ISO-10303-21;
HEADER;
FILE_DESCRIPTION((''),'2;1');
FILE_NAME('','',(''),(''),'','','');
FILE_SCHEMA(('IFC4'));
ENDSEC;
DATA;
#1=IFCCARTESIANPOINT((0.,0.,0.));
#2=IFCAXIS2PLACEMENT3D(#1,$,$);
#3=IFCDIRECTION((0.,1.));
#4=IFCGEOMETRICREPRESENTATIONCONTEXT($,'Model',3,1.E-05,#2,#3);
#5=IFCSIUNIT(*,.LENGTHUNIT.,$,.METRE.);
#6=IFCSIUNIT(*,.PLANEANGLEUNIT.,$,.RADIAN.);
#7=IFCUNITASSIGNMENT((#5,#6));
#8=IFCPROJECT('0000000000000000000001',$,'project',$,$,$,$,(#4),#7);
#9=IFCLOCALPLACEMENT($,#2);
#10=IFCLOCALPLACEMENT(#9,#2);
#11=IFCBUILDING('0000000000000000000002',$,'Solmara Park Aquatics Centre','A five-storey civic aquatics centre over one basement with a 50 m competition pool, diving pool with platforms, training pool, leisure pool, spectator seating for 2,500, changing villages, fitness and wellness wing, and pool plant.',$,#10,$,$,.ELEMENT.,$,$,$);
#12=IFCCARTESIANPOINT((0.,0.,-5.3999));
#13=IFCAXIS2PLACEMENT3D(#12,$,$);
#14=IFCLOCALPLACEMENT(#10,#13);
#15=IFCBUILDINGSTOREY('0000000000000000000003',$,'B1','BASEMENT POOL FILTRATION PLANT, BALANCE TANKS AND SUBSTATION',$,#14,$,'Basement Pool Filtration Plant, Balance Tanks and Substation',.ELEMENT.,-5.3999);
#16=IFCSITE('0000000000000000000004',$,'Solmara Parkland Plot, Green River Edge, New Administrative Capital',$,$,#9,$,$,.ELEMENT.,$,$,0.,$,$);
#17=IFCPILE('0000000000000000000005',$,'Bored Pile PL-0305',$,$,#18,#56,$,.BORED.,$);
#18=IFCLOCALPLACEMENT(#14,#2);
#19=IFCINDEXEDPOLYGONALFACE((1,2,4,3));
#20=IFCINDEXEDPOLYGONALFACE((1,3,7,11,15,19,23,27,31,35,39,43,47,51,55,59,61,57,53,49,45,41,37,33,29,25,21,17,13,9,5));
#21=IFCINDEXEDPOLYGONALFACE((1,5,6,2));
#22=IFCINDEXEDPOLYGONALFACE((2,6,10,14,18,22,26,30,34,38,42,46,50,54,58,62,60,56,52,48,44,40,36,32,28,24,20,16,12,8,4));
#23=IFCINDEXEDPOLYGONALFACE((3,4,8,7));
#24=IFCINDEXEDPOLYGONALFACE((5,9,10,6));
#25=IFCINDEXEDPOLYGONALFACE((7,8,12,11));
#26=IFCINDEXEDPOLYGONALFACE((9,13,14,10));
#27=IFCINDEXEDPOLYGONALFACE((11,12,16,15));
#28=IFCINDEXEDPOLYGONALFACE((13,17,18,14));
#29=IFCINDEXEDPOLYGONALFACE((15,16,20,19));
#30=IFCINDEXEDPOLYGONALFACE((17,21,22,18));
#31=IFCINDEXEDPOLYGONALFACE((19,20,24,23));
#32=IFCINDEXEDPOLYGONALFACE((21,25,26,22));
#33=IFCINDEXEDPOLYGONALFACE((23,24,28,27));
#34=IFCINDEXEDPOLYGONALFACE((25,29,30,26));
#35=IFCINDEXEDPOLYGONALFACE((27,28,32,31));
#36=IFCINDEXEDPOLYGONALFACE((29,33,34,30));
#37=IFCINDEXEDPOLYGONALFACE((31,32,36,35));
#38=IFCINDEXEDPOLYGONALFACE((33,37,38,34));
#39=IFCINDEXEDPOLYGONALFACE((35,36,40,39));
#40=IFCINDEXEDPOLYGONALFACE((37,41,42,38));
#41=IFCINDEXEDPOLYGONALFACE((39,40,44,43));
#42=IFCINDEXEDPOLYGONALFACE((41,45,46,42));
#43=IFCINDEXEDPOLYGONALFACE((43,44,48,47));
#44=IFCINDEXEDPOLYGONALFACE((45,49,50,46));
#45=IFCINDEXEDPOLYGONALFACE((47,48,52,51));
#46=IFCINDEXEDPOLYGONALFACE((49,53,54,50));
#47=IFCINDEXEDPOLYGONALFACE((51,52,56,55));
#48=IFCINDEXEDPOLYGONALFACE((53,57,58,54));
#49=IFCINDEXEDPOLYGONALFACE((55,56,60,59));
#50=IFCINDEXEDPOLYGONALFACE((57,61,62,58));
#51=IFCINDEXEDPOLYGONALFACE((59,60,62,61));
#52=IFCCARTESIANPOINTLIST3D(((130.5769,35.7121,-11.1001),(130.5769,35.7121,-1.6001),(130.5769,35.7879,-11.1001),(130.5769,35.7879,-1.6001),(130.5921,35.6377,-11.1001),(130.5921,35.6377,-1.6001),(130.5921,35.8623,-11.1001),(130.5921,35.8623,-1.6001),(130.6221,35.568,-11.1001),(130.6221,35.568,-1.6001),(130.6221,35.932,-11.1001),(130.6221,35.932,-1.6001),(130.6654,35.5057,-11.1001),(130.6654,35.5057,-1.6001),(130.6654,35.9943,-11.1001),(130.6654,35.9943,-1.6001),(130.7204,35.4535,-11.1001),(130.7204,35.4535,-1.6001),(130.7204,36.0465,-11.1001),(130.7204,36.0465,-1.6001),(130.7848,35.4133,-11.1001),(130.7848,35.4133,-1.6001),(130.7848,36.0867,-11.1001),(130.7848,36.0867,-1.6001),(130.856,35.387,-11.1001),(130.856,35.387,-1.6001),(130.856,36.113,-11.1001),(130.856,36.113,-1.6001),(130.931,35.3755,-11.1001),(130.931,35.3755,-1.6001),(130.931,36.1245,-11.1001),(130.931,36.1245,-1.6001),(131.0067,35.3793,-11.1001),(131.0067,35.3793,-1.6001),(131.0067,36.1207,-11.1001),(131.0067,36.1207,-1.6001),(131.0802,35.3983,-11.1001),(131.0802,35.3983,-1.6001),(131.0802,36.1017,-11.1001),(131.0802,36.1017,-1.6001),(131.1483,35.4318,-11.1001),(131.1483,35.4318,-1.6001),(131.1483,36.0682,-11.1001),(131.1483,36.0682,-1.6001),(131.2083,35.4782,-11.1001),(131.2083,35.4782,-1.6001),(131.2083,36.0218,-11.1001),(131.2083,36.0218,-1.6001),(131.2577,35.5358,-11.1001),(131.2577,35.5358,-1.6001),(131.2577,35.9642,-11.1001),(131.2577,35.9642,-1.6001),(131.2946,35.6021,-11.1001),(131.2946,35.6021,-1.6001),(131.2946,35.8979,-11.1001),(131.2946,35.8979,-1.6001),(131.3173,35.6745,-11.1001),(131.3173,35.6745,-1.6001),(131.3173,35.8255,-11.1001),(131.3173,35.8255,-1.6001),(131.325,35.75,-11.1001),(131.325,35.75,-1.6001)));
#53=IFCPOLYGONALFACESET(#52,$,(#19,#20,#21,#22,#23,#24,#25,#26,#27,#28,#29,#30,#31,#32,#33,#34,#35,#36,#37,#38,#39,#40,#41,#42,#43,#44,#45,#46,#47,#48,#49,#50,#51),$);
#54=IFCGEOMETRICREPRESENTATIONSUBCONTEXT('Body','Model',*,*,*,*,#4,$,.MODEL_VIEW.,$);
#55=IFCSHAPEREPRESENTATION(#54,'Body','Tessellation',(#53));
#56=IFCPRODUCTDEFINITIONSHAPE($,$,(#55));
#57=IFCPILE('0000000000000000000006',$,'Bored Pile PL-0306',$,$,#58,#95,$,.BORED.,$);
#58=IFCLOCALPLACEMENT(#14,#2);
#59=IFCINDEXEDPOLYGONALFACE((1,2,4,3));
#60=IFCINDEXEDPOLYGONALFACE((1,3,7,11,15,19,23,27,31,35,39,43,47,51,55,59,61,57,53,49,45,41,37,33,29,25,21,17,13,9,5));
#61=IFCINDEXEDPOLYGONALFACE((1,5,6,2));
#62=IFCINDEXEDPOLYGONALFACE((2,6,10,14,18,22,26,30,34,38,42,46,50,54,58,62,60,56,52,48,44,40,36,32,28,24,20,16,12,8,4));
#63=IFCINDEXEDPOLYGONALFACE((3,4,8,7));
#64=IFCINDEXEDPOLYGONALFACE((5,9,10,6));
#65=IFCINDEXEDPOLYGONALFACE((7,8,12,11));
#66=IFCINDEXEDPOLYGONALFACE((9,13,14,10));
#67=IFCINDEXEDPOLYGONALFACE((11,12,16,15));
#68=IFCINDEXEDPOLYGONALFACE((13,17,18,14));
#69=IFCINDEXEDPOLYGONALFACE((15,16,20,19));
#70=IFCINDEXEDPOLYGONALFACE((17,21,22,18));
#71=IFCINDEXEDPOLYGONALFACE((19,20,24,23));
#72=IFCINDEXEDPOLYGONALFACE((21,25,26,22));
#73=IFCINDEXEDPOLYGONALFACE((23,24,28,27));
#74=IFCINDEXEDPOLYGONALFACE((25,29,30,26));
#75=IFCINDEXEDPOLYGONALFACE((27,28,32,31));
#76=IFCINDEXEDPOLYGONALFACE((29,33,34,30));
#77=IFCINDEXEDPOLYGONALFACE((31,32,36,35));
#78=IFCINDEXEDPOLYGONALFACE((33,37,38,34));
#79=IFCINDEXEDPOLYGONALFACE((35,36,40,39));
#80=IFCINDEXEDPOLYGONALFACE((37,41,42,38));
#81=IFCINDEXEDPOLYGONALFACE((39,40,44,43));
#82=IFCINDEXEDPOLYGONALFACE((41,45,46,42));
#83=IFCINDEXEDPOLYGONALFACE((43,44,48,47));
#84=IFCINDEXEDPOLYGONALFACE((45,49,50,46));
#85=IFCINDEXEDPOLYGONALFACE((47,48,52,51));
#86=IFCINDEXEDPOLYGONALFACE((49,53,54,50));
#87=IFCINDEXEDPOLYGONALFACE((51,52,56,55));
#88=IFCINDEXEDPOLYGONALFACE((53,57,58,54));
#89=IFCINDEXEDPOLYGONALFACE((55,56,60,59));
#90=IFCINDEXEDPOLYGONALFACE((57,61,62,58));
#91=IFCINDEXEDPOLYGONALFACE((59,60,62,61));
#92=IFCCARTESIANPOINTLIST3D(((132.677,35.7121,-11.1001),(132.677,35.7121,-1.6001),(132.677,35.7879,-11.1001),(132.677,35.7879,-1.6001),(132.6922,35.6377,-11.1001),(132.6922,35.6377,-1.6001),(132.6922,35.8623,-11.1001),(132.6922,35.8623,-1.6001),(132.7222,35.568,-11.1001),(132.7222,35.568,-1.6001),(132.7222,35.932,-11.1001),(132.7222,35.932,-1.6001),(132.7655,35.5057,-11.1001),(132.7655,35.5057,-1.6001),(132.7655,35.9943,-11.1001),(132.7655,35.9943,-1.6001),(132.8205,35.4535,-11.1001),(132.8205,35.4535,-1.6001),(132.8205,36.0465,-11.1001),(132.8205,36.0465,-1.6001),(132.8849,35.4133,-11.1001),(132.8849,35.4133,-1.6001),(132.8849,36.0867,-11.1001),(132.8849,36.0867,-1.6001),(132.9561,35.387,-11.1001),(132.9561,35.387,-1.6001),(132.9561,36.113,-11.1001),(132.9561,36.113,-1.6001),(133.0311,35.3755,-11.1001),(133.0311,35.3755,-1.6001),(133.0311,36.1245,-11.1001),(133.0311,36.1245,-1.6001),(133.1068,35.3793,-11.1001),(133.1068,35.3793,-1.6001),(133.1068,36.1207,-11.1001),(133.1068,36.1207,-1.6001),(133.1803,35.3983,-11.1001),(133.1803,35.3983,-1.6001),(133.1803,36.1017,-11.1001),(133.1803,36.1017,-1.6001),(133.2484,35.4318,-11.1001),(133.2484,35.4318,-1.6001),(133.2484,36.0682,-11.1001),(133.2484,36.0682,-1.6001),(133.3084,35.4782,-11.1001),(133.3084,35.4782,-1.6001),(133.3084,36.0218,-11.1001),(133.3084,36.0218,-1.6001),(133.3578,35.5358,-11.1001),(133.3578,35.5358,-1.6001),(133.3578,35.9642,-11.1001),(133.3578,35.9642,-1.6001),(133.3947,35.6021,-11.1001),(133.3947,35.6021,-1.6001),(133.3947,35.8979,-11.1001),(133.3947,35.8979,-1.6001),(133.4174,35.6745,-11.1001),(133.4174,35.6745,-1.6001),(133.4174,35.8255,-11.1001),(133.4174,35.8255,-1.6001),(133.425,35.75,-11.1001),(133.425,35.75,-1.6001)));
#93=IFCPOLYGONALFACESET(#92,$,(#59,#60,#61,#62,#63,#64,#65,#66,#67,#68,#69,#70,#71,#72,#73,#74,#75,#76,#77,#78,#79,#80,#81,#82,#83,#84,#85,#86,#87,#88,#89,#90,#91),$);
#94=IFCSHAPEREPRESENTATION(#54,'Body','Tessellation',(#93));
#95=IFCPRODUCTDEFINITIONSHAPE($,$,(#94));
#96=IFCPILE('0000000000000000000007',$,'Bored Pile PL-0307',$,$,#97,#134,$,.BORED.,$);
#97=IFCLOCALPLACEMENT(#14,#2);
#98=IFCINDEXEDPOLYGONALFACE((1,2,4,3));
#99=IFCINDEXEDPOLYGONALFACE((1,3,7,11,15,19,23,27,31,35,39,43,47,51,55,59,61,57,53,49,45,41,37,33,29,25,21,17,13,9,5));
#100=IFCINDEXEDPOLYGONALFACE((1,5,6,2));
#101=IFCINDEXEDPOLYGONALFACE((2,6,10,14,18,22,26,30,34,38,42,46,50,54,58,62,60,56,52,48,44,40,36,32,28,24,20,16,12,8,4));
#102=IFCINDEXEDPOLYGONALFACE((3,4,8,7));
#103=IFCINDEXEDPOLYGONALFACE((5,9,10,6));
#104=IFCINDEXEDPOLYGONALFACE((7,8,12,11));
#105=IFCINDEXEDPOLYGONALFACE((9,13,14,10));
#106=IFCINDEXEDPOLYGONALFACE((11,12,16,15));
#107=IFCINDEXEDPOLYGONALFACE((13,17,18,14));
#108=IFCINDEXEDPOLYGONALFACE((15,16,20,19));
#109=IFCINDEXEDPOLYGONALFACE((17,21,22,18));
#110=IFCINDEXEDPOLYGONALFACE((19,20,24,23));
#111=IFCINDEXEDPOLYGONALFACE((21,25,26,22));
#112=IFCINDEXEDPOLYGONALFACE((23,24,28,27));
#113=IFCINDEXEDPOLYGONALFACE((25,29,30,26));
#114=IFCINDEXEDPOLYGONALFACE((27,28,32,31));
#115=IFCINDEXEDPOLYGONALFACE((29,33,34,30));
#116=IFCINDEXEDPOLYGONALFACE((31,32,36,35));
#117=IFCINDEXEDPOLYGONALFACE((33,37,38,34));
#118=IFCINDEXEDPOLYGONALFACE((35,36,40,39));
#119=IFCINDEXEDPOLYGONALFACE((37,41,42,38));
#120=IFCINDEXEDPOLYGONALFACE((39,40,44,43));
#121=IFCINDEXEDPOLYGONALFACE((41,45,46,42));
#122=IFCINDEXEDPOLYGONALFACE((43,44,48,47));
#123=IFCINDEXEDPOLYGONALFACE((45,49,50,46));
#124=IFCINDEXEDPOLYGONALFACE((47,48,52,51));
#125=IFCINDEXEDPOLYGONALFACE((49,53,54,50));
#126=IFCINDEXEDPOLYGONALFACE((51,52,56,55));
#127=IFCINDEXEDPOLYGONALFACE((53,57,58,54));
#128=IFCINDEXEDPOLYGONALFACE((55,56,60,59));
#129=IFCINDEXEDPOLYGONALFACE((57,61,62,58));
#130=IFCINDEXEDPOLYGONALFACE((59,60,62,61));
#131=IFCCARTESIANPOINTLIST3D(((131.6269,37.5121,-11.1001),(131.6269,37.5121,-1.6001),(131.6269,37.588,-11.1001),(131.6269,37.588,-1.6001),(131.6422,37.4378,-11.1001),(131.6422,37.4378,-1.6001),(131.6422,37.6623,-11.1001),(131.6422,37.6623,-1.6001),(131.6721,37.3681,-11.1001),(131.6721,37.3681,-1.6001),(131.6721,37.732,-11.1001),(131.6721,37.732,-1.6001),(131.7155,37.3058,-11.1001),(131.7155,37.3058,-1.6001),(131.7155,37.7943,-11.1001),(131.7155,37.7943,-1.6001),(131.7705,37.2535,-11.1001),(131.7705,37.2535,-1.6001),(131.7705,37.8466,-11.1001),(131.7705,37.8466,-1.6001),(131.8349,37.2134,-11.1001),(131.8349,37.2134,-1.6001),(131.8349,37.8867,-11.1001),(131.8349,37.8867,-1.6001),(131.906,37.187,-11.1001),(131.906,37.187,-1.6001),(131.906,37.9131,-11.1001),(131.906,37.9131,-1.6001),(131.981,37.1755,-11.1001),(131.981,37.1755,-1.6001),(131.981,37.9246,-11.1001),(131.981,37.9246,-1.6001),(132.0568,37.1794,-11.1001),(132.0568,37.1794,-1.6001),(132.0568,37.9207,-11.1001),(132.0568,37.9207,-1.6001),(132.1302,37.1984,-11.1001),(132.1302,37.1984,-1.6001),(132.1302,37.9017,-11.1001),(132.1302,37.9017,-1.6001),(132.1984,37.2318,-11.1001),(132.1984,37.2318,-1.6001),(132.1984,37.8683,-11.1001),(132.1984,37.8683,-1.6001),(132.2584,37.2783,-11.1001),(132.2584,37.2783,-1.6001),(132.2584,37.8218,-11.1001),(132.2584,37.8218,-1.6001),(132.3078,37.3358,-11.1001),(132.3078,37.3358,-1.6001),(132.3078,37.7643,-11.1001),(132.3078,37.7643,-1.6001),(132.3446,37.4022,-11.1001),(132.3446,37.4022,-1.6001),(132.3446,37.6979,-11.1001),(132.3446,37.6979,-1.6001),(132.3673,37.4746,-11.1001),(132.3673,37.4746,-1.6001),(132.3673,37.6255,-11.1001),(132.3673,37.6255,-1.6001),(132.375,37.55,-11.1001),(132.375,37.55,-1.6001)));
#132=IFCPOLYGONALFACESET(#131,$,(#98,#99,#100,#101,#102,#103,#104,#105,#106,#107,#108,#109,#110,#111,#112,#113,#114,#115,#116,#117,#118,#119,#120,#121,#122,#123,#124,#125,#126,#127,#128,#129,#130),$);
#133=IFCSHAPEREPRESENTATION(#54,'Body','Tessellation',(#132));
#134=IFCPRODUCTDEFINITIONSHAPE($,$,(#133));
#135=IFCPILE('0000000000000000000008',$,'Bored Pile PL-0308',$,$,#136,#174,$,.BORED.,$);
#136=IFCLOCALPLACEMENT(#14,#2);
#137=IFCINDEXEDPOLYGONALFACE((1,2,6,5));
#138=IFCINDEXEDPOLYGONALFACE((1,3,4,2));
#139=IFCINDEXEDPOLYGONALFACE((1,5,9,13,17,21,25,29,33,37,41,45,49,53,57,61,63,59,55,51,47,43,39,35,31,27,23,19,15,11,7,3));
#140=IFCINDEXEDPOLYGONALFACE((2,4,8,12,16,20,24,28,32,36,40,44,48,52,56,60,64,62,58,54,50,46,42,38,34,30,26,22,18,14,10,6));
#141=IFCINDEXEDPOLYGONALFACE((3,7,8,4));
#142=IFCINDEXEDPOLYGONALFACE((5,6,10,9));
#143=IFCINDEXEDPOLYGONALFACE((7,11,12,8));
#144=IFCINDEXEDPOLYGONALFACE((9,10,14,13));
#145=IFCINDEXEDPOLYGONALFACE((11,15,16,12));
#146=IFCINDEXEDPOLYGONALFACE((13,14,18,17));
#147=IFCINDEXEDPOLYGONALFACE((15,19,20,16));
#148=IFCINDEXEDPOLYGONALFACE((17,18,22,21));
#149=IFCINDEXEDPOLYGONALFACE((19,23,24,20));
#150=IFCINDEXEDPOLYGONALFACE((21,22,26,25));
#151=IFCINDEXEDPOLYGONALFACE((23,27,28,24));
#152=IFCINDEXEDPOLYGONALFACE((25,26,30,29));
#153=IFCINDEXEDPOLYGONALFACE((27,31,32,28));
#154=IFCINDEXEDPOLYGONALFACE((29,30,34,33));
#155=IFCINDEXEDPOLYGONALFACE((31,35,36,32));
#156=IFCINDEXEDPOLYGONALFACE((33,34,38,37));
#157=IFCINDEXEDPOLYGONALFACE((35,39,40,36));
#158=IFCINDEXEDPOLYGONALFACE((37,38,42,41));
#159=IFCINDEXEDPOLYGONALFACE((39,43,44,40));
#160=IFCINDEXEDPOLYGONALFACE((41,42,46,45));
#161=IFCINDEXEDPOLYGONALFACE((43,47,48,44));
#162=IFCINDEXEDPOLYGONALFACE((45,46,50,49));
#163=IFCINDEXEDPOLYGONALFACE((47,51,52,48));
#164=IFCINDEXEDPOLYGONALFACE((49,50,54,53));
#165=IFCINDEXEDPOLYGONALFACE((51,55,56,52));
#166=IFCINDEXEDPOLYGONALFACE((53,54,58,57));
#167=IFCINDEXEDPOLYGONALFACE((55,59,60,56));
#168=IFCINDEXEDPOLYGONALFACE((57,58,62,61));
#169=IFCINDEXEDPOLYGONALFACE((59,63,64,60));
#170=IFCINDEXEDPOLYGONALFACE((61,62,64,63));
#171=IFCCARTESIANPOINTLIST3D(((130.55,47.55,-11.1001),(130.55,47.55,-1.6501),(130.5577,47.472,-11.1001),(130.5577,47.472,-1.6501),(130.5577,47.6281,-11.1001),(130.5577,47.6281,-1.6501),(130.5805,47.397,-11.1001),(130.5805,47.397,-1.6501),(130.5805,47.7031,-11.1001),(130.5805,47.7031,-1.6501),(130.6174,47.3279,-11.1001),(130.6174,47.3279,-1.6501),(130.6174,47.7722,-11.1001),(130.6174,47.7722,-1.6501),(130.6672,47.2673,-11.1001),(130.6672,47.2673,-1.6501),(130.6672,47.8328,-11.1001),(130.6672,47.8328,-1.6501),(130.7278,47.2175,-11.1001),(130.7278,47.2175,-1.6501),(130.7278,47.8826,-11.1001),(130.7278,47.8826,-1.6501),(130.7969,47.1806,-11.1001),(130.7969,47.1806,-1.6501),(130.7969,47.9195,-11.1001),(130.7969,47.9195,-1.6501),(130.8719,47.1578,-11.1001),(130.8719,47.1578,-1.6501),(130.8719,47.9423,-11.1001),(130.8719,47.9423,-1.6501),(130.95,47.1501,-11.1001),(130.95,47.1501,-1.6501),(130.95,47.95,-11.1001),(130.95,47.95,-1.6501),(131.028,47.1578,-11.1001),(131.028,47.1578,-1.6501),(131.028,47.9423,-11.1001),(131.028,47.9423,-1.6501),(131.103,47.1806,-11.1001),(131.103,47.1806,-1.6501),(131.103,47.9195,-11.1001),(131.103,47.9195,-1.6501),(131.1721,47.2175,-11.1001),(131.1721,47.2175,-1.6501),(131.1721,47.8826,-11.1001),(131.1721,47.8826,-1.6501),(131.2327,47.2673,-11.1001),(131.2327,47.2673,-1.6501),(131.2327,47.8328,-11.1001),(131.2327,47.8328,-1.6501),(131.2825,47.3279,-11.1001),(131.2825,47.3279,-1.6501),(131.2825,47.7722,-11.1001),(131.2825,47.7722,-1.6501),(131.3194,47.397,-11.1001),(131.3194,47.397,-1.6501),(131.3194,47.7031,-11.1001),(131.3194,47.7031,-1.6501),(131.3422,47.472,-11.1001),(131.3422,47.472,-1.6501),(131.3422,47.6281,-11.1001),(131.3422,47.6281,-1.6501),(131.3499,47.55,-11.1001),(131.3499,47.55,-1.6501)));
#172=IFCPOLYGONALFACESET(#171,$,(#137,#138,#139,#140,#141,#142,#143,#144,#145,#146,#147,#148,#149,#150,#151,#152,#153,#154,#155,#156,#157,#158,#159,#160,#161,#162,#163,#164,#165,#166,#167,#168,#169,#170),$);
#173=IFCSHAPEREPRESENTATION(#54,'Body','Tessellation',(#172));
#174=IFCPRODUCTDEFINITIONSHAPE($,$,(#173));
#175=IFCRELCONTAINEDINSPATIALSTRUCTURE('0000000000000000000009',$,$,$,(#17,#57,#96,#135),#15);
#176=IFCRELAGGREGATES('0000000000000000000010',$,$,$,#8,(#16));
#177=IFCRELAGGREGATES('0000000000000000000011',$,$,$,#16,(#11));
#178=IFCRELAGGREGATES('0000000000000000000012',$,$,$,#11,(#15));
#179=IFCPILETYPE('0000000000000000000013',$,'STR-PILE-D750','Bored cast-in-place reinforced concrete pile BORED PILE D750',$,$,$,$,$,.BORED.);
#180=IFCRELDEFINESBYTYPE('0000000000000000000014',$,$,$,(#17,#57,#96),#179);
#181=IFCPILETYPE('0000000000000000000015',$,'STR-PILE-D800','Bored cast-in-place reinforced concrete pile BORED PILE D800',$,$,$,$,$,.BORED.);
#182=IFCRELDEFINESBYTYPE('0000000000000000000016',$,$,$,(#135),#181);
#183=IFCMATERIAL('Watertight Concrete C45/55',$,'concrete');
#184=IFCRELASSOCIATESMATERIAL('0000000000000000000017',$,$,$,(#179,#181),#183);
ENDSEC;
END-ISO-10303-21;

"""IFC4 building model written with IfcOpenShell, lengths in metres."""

from ifc_helpers import new_model, si_unit, direction, frame, origin, origin_2d, place, context, subcontext, project, spatial, circle, extrude, material, material_profile, profile_set, type_object, element, save


model = new_model("IFC4")

# Units and contexts
model_context = context("Model", 3, precision=1e-05, world=origin(), true_north=direction((0.0, 1.0)))
body_context = subcontext(model_context, "Body", "Model", "MODEL_VIEW")
ifc_project = project(units=[si_unit("LENGTHUNIT", "METRE"), si_unit("PLANEANGLEUNIT", "RADIAN")], contexts=[model_context])

# Site, building, storey
site_placement = place(None, origin())
site = spatial("IfcSite", under=ifc_project, at=site_placement, Name="Solmara Parkland Plot, Green River Edge, New Administrative Capital", CompositionType="ELEMENT", RefElevation=0.0)
building_placement = place(site_placement, origin())
building = spatial("IfcBuilding", under=site, at=building_placement, Name="Solmara Park Aquatics Centre", Description="A five-storey civic aquatics centre over one basement with a 50 m competition pool, diving pool with platforms, training pool, leisure pool, spectator seating for 2,500, changing villages, fitness and wellness wing, and pool plant.", CompositionType="ELEMENT")
storey_placement = place(building_placement, frame((0.0, 0.0, -5.3999)))
storey = spatial("IfcBuildingStorey", under=building, at=storey_placement, Name="B1", Description="BASEMENT POOL FILTRATION PLANT, BALANCE TANKS AND SUBSTATION", LongName="Basement Pool Filtration Plant, Balance Tanks and Substation", CompositionType="ELEMENT", Elevation=-5.3999)

# Shared definitions
ifc_material_1 = material(Name="Watertight Concrete C45/55", Category="concrete")

# Piles
ifc_material_profile_1 = material_profile(ifc_material_1, circle(Radius=0.375, at=origin_2d()), Name="BORED PILE D750")
ifc_profile_set_1 = profile_set([ifc_material_profile_1], Name="Watertight Concrete C45/55")
pile_type_1 = type_object("IfcPileType", Name="STR-PILE-D750", Description="Bored cast-in-place reinforced concrete pile BORED PILE D750", PredefinedType="BORED", material=ifc_profile_set_1)
for number, where, z_axis, x_axis, name in (
    (1, (130.95, 35.75, -1.6001), (0.0, 0.0, -1.0), (1.0, 0.0, 0.0), "Bored Pile PL-0305"),
    (2, (133.05, 35.75, -1.6001), (0.0, 0.0, -1.0), (1.0, 0.0, 0.0), "Bored Pile PL-0306"),
    (3, (132.0, 37.55, -1.6001), (0.0, 0.0, -1.0), (1.0, 0.0, 0.0), "Bored Pile PL-0307"),
):
    element("IfcPile", number, at=place(storey_placement, frame(where, z_axis=z_axis, x_axis=x_axis)), inside=storey, type_object=pile_type_1, Name=name, PredefinedType="BORED", context=body_context, shape_type="SweptSolid", body=[
        extrude(circle(Radius=0.375, at=origin_2d()), origin(), (0.0, 0.0, 1.0), 9.5),
    ])
ifc_material_profile_2 = material_profile(ifc_material_1, circle(Radius=0.3999, at=origin_2d()), Name="BORED PILE D800")
ifc_profile_set_2 = profile_set([ifc_material_profile_2], Name="Watertight Concrete C45/55")
pile_type_2 = type_object("IfcPileType", Name="STR-PILE-D800", Description="Bored cast-in-place reinforced concrete pile BORED PILE D800", PredefinedType="BORED", material=ifc_profile_set_2)
for number, where, z_axis, x_axis, name in (
    (4, (130.95, 47.55, -1.6501), (0.0, 0.0, -1.0), (1.0, 0.0, 0.0), "Bored Pile PL-0308"),
):
    element("IfcPile", number, at=place(storey_placement, frame(where, z_axis=z_axis, x_axis=x_axis)), inside=storey, type_object=pile_type_2, Name=name, PredefinedType="BORED", context=body_context, shape_type="SweptSolid", body=[
        extrude(circle(Radius=0.3999, at=origin_2d()), origin(), (0.0, 0.0, 1.0), 9.45),
    ])

save(model, "model.ifc")
